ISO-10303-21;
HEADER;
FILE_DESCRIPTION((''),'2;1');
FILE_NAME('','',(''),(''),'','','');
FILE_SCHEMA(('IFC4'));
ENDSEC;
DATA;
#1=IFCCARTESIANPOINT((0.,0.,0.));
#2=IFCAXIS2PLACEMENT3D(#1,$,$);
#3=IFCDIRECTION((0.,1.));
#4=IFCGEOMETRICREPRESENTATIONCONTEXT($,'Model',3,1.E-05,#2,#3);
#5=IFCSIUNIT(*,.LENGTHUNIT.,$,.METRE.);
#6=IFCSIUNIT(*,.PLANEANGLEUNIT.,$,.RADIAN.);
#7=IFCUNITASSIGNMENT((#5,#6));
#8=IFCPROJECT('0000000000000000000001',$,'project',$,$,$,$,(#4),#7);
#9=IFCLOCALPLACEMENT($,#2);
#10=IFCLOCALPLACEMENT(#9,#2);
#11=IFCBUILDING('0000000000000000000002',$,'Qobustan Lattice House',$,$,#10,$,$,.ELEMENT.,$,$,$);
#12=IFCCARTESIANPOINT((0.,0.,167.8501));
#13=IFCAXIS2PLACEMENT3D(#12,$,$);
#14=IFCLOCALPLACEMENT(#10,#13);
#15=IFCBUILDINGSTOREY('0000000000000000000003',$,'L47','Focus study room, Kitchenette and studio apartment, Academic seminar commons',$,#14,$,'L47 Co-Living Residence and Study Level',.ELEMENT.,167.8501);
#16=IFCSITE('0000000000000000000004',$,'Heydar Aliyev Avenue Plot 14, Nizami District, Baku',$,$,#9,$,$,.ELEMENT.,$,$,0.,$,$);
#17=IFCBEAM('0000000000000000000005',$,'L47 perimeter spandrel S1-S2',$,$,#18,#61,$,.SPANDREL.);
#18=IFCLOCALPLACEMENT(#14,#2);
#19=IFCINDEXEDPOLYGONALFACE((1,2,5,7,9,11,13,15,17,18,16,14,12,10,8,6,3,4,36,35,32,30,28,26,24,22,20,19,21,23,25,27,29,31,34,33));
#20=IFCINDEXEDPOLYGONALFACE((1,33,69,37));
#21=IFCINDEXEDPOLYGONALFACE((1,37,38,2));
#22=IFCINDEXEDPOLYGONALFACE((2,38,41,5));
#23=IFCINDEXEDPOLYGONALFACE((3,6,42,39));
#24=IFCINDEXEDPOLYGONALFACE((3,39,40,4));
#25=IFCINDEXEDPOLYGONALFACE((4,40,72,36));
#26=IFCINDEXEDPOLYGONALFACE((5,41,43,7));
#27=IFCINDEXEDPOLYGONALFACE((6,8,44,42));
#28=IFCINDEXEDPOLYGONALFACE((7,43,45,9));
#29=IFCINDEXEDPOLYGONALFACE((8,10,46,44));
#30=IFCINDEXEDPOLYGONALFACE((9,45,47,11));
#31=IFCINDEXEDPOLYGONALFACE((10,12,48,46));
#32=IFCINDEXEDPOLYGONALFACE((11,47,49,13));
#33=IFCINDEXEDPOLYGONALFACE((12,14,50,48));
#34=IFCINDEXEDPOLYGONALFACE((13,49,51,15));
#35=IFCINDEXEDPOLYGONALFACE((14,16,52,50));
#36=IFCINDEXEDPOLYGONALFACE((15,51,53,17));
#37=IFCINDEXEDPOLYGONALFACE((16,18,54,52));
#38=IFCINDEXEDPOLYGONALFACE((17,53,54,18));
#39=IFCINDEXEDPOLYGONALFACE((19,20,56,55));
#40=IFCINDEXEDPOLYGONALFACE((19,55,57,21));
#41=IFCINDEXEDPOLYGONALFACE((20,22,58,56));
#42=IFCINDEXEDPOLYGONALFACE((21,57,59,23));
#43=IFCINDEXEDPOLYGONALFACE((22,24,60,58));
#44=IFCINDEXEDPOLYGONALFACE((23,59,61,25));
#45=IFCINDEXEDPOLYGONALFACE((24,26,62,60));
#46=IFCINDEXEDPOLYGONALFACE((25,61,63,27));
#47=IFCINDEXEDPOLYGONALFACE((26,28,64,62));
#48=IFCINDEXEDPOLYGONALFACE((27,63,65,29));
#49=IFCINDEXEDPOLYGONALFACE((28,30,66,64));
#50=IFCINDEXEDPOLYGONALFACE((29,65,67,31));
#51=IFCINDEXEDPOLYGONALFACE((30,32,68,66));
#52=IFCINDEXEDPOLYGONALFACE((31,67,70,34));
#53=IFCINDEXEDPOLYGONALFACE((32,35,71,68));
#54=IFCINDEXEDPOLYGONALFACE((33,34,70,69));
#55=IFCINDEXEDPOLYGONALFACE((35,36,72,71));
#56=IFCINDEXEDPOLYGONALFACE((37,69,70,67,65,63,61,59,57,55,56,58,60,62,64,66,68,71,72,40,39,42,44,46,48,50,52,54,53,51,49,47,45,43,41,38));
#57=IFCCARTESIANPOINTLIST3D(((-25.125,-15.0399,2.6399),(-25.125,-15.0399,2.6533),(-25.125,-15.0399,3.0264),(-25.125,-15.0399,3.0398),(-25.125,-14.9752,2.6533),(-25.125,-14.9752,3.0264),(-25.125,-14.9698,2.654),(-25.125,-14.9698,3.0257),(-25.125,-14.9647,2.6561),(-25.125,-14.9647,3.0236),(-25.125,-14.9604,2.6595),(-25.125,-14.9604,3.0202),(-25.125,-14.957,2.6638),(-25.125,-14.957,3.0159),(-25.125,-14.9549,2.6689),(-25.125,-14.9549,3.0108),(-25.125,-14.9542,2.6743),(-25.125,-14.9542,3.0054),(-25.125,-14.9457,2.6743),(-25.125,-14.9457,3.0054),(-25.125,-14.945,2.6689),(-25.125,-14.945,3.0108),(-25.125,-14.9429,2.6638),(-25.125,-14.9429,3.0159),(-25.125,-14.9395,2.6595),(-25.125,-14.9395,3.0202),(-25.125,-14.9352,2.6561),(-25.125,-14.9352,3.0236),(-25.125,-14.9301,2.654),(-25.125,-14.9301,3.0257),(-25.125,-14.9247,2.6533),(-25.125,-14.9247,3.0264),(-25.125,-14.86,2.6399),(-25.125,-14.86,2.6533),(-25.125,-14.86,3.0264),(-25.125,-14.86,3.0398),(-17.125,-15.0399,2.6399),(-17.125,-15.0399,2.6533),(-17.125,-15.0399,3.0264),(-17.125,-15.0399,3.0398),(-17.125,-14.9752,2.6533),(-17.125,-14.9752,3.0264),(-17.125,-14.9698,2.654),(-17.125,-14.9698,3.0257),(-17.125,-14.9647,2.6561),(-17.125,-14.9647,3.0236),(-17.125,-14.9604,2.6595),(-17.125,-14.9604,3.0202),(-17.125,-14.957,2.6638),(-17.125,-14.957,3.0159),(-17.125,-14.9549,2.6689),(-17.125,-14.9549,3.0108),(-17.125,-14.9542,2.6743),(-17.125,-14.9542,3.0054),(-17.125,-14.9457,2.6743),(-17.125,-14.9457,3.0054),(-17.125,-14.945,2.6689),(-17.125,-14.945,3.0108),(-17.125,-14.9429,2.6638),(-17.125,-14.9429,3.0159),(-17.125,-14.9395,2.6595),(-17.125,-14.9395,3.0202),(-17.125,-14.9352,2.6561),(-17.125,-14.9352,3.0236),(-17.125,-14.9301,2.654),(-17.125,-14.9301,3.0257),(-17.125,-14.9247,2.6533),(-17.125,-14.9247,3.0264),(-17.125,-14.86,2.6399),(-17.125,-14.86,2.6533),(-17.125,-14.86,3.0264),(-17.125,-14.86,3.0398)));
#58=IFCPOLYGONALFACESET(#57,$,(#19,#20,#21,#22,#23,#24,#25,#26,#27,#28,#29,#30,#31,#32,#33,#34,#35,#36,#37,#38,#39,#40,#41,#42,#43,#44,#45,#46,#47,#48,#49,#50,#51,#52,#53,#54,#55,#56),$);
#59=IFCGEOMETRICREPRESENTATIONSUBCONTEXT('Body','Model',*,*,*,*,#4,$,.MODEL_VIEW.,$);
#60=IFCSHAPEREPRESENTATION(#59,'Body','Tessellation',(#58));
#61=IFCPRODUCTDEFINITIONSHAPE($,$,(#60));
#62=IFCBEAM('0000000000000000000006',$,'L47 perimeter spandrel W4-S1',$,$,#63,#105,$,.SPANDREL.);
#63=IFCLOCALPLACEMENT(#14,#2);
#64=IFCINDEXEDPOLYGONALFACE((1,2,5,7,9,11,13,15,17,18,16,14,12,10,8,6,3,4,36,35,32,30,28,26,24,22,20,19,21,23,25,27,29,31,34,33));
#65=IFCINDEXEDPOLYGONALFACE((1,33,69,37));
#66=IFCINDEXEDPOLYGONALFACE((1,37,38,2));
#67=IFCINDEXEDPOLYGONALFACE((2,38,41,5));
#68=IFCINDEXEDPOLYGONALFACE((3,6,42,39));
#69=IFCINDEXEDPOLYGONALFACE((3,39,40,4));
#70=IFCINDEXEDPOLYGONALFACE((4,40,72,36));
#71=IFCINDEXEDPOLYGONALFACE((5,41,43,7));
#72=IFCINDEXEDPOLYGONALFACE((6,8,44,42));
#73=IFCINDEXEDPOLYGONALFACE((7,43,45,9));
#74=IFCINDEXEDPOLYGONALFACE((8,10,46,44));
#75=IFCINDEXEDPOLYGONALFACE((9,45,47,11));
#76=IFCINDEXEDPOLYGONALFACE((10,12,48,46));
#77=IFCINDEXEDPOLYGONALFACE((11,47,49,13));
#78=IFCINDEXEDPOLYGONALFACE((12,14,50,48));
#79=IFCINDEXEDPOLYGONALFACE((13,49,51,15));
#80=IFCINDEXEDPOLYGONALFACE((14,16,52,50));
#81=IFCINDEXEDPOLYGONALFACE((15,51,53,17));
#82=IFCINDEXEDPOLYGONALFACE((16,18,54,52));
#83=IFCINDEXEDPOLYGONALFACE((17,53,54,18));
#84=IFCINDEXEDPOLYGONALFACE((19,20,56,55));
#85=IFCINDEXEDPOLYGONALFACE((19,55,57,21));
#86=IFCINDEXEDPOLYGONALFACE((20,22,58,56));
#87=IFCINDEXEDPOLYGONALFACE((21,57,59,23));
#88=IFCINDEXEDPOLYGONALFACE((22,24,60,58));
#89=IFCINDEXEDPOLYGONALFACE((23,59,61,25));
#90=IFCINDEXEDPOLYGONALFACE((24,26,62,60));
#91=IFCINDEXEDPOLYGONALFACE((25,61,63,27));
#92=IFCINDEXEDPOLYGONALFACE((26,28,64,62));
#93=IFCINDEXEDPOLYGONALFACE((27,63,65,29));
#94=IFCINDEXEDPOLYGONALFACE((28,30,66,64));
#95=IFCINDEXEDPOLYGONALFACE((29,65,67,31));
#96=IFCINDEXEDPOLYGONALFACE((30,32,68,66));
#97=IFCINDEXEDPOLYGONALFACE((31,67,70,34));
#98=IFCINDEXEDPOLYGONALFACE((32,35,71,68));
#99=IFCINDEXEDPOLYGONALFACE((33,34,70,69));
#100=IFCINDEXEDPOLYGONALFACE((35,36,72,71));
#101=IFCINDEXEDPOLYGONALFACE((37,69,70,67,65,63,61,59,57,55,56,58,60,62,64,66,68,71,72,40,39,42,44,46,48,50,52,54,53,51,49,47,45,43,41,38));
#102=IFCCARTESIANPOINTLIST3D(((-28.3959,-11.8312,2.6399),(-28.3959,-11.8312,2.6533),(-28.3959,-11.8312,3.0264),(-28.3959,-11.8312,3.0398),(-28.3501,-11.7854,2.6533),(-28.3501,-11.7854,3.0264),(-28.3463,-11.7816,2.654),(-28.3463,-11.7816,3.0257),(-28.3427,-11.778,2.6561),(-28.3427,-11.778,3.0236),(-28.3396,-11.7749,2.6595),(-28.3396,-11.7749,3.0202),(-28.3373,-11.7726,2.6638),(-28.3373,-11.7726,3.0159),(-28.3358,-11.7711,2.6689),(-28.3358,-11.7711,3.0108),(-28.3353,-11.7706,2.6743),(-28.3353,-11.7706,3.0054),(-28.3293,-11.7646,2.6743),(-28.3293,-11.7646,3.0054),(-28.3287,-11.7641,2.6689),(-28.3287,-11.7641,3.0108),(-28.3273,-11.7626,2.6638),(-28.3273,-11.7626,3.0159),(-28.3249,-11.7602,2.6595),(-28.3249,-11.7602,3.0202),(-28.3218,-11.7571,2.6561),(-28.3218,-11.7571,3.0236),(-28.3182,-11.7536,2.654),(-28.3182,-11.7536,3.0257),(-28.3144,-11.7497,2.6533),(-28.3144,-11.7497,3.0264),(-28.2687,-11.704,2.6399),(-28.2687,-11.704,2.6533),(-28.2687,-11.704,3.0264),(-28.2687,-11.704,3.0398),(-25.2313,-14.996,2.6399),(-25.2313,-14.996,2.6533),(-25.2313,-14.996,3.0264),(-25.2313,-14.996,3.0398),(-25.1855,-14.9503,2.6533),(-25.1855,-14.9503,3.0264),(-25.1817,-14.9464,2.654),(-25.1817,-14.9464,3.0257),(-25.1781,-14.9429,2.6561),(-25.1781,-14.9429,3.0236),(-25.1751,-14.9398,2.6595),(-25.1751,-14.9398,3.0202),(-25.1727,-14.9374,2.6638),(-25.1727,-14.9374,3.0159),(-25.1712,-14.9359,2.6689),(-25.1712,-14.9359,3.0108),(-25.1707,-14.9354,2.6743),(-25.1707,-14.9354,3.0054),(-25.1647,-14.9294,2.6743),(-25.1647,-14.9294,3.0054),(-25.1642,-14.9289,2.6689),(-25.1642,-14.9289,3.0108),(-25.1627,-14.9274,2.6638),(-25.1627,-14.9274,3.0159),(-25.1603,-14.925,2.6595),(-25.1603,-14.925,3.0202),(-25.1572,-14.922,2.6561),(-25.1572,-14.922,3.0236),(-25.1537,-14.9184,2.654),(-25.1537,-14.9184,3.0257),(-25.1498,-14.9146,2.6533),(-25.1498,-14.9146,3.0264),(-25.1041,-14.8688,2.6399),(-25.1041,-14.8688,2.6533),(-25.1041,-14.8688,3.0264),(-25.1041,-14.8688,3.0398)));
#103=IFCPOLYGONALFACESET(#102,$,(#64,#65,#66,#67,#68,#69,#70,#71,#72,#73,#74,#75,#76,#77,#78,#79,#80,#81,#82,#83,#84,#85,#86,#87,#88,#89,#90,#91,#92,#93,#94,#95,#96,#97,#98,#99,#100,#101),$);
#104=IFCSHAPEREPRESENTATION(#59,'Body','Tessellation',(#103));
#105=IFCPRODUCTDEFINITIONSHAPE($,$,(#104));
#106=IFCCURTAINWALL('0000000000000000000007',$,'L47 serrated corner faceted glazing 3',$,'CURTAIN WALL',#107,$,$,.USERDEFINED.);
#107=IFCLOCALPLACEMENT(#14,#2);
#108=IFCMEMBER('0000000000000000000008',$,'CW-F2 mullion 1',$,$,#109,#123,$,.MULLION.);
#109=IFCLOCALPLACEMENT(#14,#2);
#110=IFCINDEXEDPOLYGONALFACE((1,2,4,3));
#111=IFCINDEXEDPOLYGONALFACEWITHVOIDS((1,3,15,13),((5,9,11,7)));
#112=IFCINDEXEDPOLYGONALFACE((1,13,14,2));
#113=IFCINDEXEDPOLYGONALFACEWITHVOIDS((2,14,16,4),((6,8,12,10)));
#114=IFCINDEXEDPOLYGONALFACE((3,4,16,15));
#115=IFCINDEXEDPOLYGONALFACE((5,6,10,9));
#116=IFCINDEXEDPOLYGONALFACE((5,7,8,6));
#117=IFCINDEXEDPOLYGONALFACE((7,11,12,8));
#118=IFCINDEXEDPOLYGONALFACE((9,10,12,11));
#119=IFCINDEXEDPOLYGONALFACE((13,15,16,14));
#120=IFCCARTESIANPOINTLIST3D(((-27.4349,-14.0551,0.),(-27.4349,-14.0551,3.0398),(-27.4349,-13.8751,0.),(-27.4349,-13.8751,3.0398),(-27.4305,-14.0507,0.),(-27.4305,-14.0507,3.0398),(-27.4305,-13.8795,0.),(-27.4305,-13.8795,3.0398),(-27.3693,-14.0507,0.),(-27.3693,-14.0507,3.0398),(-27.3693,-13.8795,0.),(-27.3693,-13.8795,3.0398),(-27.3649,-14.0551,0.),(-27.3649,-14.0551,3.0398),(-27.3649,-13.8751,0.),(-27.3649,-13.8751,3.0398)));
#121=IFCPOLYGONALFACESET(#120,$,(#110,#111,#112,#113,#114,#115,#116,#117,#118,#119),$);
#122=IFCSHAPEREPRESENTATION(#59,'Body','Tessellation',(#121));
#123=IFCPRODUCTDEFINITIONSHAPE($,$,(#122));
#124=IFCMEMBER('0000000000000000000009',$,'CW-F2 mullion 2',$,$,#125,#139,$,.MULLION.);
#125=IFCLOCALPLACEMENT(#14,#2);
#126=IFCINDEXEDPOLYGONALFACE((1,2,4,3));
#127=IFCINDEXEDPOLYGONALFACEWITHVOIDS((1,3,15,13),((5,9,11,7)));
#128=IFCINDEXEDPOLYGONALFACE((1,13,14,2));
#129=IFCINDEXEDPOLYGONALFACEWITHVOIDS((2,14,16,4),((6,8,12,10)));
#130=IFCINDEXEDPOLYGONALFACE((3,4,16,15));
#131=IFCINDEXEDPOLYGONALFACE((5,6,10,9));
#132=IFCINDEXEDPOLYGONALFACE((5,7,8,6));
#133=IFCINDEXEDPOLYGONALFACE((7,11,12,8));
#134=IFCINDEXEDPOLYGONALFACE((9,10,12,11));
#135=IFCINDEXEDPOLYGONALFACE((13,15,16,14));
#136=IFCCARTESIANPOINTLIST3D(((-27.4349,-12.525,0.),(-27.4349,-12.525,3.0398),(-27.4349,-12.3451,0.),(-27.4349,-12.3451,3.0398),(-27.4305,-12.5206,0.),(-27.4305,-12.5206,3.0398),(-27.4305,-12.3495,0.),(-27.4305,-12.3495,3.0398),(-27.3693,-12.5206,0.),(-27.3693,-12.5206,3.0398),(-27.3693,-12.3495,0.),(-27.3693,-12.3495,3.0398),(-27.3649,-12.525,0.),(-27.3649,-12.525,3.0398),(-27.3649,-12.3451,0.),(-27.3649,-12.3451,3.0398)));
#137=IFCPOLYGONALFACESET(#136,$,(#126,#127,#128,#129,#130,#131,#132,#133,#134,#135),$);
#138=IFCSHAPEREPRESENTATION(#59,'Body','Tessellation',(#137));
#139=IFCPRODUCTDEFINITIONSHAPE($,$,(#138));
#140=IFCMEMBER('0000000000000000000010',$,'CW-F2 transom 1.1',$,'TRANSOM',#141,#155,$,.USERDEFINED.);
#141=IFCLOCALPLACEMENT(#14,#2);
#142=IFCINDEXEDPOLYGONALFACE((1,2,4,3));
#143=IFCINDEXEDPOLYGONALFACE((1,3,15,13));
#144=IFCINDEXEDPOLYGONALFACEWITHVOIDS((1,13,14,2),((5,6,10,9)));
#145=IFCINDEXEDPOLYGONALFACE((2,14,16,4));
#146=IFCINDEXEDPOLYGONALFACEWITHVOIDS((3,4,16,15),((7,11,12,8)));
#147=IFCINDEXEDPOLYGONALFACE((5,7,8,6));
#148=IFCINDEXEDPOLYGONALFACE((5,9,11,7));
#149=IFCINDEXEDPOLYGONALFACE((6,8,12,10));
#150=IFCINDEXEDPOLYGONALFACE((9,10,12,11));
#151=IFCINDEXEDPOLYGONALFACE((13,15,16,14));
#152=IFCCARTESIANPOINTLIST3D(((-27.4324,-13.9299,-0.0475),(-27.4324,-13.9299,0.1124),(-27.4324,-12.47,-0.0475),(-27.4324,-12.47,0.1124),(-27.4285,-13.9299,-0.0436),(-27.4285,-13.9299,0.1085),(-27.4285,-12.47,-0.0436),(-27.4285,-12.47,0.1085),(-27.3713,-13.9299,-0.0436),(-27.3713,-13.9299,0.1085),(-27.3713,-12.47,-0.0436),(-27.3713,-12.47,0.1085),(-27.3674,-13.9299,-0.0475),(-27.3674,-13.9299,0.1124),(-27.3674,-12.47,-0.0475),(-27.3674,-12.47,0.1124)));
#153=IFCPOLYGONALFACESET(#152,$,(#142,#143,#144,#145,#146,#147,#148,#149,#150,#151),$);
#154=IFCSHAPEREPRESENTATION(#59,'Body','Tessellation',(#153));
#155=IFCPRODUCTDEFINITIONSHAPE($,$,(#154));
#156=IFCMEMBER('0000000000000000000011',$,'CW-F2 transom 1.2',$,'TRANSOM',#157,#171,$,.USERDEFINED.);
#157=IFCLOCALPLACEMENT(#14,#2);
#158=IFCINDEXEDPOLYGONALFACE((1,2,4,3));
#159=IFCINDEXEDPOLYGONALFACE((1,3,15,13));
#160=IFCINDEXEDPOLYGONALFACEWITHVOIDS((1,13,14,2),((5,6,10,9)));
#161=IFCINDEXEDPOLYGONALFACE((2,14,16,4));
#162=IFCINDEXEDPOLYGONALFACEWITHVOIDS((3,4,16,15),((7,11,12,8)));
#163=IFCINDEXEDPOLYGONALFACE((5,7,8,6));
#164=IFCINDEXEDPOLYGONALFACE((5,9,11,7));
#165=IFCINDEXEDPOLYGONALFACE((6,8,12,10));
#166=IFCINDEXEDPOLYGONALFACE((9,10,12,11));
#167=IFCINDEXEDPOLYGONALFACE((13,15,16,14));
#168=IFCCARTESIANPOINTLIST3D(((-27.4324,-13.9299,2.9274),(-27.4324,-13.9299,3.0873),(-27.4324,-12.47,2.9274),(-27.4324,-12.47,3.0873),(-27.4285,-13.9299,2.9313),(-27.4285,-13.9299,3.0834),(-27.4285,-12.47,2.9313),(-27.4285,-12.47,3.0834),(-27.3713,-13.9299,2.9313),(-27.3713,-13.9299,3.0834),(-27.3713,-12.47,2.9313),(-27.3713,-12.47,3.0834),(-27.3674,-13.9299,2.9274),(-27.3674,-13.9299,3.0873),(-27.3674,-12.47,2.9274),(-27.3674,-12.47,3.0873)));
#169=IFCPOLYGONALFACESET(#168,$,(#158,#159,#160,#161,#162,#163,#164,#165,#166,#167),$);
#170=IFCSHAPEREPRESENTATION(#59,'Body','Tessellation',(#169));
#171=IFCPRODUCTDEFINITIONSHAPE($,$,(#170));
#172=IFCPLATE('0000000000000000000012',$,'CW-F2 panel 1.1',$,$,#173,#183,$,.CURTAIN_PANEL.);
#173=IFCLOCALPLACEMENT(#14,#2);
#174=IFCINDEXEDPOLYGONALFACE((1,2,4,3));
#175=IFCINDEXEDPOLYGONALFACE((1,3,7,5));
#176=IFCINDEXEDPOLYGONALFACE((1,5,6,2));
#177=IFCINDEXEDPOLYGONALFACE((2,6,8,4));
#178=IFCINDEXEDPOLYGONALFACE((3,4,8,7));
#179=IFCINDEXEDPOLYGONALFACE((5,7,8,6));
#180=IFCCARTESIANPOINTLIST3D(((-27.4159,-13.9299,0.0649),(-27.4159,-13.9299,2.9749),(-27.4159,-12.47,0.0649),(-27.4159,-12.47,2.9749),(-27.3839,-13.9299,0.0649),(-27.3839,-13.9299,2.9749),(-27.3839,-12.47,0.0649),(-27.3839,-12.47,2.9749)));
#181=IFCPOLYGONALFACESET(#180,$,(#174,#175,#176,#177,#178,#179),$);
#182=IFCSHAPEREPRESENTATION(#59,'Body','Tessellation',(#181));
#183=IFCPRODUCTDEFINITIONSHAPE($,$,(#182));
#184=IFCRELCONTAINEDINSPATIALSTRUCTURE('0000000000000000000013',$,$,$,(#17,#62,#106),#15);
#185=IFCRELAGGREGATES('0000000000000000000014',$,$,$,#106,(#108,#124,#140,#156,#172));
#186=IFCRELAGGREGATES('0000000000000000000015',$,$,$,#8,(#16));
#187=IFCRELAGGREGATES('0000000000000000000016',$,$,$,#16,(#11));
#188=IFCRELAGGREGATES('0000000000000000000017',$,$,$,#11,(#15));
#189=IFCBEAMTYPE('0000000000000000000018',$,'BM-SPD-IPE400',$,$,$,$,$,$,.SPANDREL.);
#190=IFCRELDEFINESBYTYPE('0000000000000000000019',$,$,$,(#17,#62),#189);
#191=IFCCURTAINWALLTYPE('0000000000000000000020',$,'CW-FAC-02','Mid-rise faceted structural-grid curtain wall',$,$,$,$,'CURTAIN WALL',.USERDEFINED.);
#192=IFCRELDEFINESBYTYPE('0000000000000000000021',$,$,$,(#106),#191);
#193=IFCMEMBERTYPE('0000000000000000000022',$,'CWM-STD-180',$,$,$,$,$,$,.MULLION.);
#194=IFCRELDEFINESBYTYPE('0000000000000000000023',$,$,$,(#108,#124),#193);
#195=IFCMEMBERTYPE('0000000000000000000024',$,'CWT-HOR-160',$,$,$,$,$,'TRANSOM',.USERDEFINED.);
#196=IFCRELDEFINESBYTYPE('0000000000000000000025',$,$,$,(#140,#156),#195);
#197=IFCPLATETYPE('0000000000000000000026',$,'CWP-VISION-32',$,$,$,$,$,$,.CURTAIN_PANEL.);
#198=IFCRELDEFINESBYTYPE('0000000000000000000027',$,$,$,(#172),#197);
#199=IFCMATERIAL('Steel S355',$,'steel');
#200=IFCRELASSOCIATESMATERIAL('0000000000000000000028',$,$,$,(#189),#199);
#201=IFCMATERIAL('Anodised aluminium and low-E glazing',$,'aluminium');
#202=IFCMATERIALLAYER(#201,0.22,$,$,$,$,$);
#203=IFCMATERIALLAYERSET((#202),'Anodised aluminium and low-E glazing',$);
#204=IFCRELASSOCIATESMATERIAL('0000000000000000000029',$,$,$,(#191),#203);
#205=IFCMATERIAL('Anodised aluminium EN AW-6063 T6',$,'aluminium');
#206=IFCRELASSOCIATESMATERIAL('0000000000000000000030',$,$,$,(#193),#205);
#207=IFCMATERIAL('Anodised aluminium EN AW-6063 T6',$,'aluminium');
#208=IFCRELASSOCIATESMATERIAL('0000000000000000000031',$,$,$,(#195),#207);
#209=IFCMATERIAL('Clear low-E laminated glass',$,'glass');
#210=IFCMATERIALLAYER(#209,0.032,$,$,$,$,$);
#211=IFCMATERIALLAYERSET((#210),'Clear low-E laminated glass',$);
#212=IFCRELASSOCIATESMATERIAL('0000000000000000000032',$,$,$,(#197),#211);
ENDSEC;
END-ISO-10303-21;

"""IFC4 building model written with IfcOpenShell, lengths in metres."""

from ifc_helpers import new_model, si_unit, direction, frame, origin, origin_2d, place, context, subcontext, project, spatial, rectangle, hollow_rectangle, i_section, extrude, material, layer, layer_set, material_profile, profile_set, type_object, element, aggregate, save


model = new_model("IFC4")

# Units and contexts
model_context = context("Model", 3, precision=1e-05, world=origin(), true_north=direction((0.0, 1.0)))
body_context = subcontext(model_context, "Body", "Model", "MODEL_VIEW")
ifc_project = project(units=[si_unit("LENGTHUNIT", "METRE"), si_unit("PLANEANGLEUNIT", "RADIAN")], contexts=[model_context])

# Site, building, storey
site_placement = place(None, origin())
site = spatial("IfcSite", under=ifc_project, at=site_placement, Name="Heydar Aliyev Avenue Plot 14, Nizami District, Baku", CompositionType="ELEMENT", RefElevation=0.0)
building_placement = place(site_placement, origin())
building = spatial("IfcBuilding", under=site, at=building_placement, Name="Qobustan Lattice House", CompositionType="ELEMENT")
storey_placement = place(building_placement, frame((0.0, 0.0, 167.8501)))
storey = spatial("IfcBuildingStorey", under=building, at=storey_placement, Name="L47", Description="Focus study room, Kitchenette and studio apartment, Academic seminar commons", LongName="L47 Co-Living Residence and Study Level", CompositionType="ELEMENT", Elevation=167.8501)

# Beams
ifc_material_1 = material(Name="Steel S355", Category="steel")
ifc_material_profile_1 = material_profile(ifc_material_1, i_section(OverallWidth=0.1799, OverallDepth=0.3999, WebThickness=0.0085, FlangeThickness=0.0134, FilletRadius=0.021, at=origin_2d()), Name="IPE400")
ifc_profile_set_1 = profile_set([ifc_material_profile_1], Name="Steel S355")
beam_type_1 = type_object("IfcBeamType", Name="BM-SPD-IPE400", PredefinedType="SPANDREL", material=ifc_profile_set_1)
beam_1_placement = place(storey_placement, frame((-25.125, -14.95, 2.8398), z_axis=(1.0, 0.0, 0.0), x_axis=(0.0, 1.0, 0.0)))
element("IfcBeam", 1, at=beam_1_placement, inside=storey, type_object=beam_type_1, Name="L47 perimeter spandrel S1-S2", PredefinedType="SPANDREL", context=body_context, shape_type="SweptSolid", body=[
    extrude(i_section(OverallWidth=0.1799, OverallDepth=0.3999, WebThickness=0.0085, FlangeThickness=0.0134, FilletRadius=0.021, at=origin_2d()), origin(), (0.0, 0.0, 1.0), 8.0),
])
beam_2_placement = place(storey_placement, frame((-28.3323, -11.7676, 2.8398), z_axis=(0.70708, -0.707134, 0.0), x_axis=(0.707134, 0.70708, 0.0)))
element("IfcBeam", 2, at=beam_2_placement, inside=storey, type_object=beam_type_1, Name="L47 perimeter spandrel W4-S1", PredefinedType="SPANDREL", context=body_context, shape_type="SweptSolid", body=[
    extrude(i_section(OverallWidth=0.1799, OverallDepth=0.3999, WebThickness=0.0085, FlangeThickness=0.0134, FilletRadius=0.021, at=origin_2d()), origin(), (0.0, 0.0, 1.0), 4.4756),
])

# Curtain wall, members, plate
ifc_material_2 = material(Name="Anodised aluminium and low-E glazing", Category="aluminium")
ifc_layer_1 = layer(ifc_material_2, 0.22)
ifc_layer_set_1 = layer_set([ifc_layer_1], Name="Anodised aluminium and low-E glazing")
curtain_wall_type = type_object("IfcCurtainWallType", Name="CW-FAC-02", Description="Mid-rise faceted structural-grid curtain wall", ElementType="CURTAIN WALL", PredefinedType="USERDEFINED", material=ifc_layer_set_1)
curtain_wall_placement = place(storey_placement, origin())
curtain_wall = element("IfcCurtainWall", 3, at=curtain_wall_placement, inside=storey, type_object=curtain_wall_type, Name="L47 serrated corner faceted glazing 3", ObjectType="CURTAIN WALL", PredefinedType="USERDEFINED")
ifc_material_3 = material(Name="Anodised aluminium EN AW-6063 T6", Category="aluminium")
ifc_material_profile_2 = material_profile(ifc_material_3, hollow_rectangle(XDim=0.0701, YDim=0.1799, WallThickness=0.0044, at=origin_2d()), Name="CWM-180x70")
ifc_profile_set_2 = profile_set([ifc_material_profile_2], Name="Anodised aluminium EN AW-6063 T6")
member_type_1 = type_object("IfcMemberType", Name="CWM-STD-180", PredefinedType="MULLION", material=ifc_profile_set_2)
member_1_placement = place(storey_placement, frame((-27.3999, -13.9651, 0.0), z_axis=(0.0, 0.0, 1.0), x_axis=(-1.0, 0.0, 0.0)))
member_1 = element("IfcMember", 4, at=member_1_placement, type_object=member_type_1, Name="CW-F2 mullion 1", PredefinedType="MULLION", context=body_context, shape_type="SweptSolid", body=[
    extrude(hollow_rectangle(XDim=0.0701, YDim=0.1799, WallThickness=0.0044, at=origin_2d()), origin(), (0.0, 0.0, 1.0), 3.0398),
])
member_2_placement = place(storey_placement, frame((-27.3999, -12.4351, 0.0), z_axis=(0.0, 0.0, 1.0), x_axis=(-1.0, 0.0, 0.0)))
member_2 = element("IfcMember", 5, at=member_2_placement, type_object=member_type_1, Name="CW-F2 mullion 2", PredefinedType="MULLION", context=body_context, shape_type="SweptSolid", body=[
    extrude(hollow_rectangle(XDim=0.0701, YDim=0.1799, WallThickness=0.0044, at=origin_2d()), origin(), (0.0, 0.0, 1.0), 3.0398),
])
ifc_material_4 = material(Name="Anodised aluminium EN AW-6063 T6", Category="aluminium")
ifc_material_profile_3 = material_profile(ifc_material_4, hollow_rectangle(XDim=0.0649, YDim=0.1599, WallThickness=0.0039, at=origin_2d()), Name="CWT-160x65")
ifc_profile_set_3 = profile_set([ifc_material_profile_3], Name="Anodised aluminium EN AW-6063 T6")
member_type_2 = type_object("IfcMemberType", Name="CWT-HOR-160", ElementType="TRANSOM", PredefinedType="USERDEFINED", material=ifc_profile_set_3)
member_3_placement = place(storey_placement, frame((-27.3999, -13.9299, 0.0325), z_axis=(0.0, 1.0, 0.0), x_axis=(-1.0, 0.0, 0.0)))
member_3 = element("IfcMember", 6, at=member_3_placement, type_object=member_type_2, Name="CW-F2 transom 1.1", ObjectType="TRANSOM", PredefinedType="USERDEFINED", context=body_context, shape_type="SweptSolid", body=[
    extrude(hollow_rectangle(XDim=0.0649, YDim=0.1599, WallThickness=0.0039, at=origin_2d()), origin(), (0.0, 0.0, 1.0), 1.46),
])
member_4_placement = place(storey_placement, frame((-27.3999, -13.9299, 3.0073), z_axis=(0.0, 1.0, 0.0), x_axis=(-1.0, 0.0, 0.0)))
member_4 = element("IfcMember", 7, at=member_4_placement, type_object=member_type_2, Name="CW-F2 transom 1.2", ObjectType="TRANSOM", PredefinedType="USERDEFINED", context=body_context, shape_type="SweptSolid", body=[
    extrude(hollow_rectangle(XDim=0.0649, YDim=0.1599, WallThickness=0.0039, at=origin_2d()), origin(), (0.0, 0.0, 1.0), 1.46),
])
ifc_material_5 = material(Name="Clear low-E laminated glass", Category="glass")
ifc_layer_2 = layer(ifc_material_5, 0.032)
ifc_layer_set_2 = layer_set([ifc_layer_2], Name="Clear low-E laminated glass")
plate_type_1 = type_object("IfcPlateType", Name="CWP-VISION-32", PredefinedType="CURTAIN_PANEL", material=ifc_layer_set_2)
plate_1_placement = place(storey_placement, frame((-27.3999, -13.2, 0.0649), z_axis=(0.0, 0.0, 1.0), x_axis=(0.0, 1.0, 0.0)))
plate_1 = element("IfcPlate", 8, at=plate_1_placement, type_object=plate_type_1, Name="CW-F2 panel 1.1", PredefinedType="CURTAIN_PANEL", context=body_context, shape_type="SweptSolid", body=[
    extrude(rectangle(XDim=1.46, YDim=0.032, at=origin_2d()), origin(), (0.0, 0.0, 1.0), 2.9099),
])
aggregate(curtain_wall, [member_1, member_2, member_3, member_4, plate_1])

save(model, "model.ifc")
